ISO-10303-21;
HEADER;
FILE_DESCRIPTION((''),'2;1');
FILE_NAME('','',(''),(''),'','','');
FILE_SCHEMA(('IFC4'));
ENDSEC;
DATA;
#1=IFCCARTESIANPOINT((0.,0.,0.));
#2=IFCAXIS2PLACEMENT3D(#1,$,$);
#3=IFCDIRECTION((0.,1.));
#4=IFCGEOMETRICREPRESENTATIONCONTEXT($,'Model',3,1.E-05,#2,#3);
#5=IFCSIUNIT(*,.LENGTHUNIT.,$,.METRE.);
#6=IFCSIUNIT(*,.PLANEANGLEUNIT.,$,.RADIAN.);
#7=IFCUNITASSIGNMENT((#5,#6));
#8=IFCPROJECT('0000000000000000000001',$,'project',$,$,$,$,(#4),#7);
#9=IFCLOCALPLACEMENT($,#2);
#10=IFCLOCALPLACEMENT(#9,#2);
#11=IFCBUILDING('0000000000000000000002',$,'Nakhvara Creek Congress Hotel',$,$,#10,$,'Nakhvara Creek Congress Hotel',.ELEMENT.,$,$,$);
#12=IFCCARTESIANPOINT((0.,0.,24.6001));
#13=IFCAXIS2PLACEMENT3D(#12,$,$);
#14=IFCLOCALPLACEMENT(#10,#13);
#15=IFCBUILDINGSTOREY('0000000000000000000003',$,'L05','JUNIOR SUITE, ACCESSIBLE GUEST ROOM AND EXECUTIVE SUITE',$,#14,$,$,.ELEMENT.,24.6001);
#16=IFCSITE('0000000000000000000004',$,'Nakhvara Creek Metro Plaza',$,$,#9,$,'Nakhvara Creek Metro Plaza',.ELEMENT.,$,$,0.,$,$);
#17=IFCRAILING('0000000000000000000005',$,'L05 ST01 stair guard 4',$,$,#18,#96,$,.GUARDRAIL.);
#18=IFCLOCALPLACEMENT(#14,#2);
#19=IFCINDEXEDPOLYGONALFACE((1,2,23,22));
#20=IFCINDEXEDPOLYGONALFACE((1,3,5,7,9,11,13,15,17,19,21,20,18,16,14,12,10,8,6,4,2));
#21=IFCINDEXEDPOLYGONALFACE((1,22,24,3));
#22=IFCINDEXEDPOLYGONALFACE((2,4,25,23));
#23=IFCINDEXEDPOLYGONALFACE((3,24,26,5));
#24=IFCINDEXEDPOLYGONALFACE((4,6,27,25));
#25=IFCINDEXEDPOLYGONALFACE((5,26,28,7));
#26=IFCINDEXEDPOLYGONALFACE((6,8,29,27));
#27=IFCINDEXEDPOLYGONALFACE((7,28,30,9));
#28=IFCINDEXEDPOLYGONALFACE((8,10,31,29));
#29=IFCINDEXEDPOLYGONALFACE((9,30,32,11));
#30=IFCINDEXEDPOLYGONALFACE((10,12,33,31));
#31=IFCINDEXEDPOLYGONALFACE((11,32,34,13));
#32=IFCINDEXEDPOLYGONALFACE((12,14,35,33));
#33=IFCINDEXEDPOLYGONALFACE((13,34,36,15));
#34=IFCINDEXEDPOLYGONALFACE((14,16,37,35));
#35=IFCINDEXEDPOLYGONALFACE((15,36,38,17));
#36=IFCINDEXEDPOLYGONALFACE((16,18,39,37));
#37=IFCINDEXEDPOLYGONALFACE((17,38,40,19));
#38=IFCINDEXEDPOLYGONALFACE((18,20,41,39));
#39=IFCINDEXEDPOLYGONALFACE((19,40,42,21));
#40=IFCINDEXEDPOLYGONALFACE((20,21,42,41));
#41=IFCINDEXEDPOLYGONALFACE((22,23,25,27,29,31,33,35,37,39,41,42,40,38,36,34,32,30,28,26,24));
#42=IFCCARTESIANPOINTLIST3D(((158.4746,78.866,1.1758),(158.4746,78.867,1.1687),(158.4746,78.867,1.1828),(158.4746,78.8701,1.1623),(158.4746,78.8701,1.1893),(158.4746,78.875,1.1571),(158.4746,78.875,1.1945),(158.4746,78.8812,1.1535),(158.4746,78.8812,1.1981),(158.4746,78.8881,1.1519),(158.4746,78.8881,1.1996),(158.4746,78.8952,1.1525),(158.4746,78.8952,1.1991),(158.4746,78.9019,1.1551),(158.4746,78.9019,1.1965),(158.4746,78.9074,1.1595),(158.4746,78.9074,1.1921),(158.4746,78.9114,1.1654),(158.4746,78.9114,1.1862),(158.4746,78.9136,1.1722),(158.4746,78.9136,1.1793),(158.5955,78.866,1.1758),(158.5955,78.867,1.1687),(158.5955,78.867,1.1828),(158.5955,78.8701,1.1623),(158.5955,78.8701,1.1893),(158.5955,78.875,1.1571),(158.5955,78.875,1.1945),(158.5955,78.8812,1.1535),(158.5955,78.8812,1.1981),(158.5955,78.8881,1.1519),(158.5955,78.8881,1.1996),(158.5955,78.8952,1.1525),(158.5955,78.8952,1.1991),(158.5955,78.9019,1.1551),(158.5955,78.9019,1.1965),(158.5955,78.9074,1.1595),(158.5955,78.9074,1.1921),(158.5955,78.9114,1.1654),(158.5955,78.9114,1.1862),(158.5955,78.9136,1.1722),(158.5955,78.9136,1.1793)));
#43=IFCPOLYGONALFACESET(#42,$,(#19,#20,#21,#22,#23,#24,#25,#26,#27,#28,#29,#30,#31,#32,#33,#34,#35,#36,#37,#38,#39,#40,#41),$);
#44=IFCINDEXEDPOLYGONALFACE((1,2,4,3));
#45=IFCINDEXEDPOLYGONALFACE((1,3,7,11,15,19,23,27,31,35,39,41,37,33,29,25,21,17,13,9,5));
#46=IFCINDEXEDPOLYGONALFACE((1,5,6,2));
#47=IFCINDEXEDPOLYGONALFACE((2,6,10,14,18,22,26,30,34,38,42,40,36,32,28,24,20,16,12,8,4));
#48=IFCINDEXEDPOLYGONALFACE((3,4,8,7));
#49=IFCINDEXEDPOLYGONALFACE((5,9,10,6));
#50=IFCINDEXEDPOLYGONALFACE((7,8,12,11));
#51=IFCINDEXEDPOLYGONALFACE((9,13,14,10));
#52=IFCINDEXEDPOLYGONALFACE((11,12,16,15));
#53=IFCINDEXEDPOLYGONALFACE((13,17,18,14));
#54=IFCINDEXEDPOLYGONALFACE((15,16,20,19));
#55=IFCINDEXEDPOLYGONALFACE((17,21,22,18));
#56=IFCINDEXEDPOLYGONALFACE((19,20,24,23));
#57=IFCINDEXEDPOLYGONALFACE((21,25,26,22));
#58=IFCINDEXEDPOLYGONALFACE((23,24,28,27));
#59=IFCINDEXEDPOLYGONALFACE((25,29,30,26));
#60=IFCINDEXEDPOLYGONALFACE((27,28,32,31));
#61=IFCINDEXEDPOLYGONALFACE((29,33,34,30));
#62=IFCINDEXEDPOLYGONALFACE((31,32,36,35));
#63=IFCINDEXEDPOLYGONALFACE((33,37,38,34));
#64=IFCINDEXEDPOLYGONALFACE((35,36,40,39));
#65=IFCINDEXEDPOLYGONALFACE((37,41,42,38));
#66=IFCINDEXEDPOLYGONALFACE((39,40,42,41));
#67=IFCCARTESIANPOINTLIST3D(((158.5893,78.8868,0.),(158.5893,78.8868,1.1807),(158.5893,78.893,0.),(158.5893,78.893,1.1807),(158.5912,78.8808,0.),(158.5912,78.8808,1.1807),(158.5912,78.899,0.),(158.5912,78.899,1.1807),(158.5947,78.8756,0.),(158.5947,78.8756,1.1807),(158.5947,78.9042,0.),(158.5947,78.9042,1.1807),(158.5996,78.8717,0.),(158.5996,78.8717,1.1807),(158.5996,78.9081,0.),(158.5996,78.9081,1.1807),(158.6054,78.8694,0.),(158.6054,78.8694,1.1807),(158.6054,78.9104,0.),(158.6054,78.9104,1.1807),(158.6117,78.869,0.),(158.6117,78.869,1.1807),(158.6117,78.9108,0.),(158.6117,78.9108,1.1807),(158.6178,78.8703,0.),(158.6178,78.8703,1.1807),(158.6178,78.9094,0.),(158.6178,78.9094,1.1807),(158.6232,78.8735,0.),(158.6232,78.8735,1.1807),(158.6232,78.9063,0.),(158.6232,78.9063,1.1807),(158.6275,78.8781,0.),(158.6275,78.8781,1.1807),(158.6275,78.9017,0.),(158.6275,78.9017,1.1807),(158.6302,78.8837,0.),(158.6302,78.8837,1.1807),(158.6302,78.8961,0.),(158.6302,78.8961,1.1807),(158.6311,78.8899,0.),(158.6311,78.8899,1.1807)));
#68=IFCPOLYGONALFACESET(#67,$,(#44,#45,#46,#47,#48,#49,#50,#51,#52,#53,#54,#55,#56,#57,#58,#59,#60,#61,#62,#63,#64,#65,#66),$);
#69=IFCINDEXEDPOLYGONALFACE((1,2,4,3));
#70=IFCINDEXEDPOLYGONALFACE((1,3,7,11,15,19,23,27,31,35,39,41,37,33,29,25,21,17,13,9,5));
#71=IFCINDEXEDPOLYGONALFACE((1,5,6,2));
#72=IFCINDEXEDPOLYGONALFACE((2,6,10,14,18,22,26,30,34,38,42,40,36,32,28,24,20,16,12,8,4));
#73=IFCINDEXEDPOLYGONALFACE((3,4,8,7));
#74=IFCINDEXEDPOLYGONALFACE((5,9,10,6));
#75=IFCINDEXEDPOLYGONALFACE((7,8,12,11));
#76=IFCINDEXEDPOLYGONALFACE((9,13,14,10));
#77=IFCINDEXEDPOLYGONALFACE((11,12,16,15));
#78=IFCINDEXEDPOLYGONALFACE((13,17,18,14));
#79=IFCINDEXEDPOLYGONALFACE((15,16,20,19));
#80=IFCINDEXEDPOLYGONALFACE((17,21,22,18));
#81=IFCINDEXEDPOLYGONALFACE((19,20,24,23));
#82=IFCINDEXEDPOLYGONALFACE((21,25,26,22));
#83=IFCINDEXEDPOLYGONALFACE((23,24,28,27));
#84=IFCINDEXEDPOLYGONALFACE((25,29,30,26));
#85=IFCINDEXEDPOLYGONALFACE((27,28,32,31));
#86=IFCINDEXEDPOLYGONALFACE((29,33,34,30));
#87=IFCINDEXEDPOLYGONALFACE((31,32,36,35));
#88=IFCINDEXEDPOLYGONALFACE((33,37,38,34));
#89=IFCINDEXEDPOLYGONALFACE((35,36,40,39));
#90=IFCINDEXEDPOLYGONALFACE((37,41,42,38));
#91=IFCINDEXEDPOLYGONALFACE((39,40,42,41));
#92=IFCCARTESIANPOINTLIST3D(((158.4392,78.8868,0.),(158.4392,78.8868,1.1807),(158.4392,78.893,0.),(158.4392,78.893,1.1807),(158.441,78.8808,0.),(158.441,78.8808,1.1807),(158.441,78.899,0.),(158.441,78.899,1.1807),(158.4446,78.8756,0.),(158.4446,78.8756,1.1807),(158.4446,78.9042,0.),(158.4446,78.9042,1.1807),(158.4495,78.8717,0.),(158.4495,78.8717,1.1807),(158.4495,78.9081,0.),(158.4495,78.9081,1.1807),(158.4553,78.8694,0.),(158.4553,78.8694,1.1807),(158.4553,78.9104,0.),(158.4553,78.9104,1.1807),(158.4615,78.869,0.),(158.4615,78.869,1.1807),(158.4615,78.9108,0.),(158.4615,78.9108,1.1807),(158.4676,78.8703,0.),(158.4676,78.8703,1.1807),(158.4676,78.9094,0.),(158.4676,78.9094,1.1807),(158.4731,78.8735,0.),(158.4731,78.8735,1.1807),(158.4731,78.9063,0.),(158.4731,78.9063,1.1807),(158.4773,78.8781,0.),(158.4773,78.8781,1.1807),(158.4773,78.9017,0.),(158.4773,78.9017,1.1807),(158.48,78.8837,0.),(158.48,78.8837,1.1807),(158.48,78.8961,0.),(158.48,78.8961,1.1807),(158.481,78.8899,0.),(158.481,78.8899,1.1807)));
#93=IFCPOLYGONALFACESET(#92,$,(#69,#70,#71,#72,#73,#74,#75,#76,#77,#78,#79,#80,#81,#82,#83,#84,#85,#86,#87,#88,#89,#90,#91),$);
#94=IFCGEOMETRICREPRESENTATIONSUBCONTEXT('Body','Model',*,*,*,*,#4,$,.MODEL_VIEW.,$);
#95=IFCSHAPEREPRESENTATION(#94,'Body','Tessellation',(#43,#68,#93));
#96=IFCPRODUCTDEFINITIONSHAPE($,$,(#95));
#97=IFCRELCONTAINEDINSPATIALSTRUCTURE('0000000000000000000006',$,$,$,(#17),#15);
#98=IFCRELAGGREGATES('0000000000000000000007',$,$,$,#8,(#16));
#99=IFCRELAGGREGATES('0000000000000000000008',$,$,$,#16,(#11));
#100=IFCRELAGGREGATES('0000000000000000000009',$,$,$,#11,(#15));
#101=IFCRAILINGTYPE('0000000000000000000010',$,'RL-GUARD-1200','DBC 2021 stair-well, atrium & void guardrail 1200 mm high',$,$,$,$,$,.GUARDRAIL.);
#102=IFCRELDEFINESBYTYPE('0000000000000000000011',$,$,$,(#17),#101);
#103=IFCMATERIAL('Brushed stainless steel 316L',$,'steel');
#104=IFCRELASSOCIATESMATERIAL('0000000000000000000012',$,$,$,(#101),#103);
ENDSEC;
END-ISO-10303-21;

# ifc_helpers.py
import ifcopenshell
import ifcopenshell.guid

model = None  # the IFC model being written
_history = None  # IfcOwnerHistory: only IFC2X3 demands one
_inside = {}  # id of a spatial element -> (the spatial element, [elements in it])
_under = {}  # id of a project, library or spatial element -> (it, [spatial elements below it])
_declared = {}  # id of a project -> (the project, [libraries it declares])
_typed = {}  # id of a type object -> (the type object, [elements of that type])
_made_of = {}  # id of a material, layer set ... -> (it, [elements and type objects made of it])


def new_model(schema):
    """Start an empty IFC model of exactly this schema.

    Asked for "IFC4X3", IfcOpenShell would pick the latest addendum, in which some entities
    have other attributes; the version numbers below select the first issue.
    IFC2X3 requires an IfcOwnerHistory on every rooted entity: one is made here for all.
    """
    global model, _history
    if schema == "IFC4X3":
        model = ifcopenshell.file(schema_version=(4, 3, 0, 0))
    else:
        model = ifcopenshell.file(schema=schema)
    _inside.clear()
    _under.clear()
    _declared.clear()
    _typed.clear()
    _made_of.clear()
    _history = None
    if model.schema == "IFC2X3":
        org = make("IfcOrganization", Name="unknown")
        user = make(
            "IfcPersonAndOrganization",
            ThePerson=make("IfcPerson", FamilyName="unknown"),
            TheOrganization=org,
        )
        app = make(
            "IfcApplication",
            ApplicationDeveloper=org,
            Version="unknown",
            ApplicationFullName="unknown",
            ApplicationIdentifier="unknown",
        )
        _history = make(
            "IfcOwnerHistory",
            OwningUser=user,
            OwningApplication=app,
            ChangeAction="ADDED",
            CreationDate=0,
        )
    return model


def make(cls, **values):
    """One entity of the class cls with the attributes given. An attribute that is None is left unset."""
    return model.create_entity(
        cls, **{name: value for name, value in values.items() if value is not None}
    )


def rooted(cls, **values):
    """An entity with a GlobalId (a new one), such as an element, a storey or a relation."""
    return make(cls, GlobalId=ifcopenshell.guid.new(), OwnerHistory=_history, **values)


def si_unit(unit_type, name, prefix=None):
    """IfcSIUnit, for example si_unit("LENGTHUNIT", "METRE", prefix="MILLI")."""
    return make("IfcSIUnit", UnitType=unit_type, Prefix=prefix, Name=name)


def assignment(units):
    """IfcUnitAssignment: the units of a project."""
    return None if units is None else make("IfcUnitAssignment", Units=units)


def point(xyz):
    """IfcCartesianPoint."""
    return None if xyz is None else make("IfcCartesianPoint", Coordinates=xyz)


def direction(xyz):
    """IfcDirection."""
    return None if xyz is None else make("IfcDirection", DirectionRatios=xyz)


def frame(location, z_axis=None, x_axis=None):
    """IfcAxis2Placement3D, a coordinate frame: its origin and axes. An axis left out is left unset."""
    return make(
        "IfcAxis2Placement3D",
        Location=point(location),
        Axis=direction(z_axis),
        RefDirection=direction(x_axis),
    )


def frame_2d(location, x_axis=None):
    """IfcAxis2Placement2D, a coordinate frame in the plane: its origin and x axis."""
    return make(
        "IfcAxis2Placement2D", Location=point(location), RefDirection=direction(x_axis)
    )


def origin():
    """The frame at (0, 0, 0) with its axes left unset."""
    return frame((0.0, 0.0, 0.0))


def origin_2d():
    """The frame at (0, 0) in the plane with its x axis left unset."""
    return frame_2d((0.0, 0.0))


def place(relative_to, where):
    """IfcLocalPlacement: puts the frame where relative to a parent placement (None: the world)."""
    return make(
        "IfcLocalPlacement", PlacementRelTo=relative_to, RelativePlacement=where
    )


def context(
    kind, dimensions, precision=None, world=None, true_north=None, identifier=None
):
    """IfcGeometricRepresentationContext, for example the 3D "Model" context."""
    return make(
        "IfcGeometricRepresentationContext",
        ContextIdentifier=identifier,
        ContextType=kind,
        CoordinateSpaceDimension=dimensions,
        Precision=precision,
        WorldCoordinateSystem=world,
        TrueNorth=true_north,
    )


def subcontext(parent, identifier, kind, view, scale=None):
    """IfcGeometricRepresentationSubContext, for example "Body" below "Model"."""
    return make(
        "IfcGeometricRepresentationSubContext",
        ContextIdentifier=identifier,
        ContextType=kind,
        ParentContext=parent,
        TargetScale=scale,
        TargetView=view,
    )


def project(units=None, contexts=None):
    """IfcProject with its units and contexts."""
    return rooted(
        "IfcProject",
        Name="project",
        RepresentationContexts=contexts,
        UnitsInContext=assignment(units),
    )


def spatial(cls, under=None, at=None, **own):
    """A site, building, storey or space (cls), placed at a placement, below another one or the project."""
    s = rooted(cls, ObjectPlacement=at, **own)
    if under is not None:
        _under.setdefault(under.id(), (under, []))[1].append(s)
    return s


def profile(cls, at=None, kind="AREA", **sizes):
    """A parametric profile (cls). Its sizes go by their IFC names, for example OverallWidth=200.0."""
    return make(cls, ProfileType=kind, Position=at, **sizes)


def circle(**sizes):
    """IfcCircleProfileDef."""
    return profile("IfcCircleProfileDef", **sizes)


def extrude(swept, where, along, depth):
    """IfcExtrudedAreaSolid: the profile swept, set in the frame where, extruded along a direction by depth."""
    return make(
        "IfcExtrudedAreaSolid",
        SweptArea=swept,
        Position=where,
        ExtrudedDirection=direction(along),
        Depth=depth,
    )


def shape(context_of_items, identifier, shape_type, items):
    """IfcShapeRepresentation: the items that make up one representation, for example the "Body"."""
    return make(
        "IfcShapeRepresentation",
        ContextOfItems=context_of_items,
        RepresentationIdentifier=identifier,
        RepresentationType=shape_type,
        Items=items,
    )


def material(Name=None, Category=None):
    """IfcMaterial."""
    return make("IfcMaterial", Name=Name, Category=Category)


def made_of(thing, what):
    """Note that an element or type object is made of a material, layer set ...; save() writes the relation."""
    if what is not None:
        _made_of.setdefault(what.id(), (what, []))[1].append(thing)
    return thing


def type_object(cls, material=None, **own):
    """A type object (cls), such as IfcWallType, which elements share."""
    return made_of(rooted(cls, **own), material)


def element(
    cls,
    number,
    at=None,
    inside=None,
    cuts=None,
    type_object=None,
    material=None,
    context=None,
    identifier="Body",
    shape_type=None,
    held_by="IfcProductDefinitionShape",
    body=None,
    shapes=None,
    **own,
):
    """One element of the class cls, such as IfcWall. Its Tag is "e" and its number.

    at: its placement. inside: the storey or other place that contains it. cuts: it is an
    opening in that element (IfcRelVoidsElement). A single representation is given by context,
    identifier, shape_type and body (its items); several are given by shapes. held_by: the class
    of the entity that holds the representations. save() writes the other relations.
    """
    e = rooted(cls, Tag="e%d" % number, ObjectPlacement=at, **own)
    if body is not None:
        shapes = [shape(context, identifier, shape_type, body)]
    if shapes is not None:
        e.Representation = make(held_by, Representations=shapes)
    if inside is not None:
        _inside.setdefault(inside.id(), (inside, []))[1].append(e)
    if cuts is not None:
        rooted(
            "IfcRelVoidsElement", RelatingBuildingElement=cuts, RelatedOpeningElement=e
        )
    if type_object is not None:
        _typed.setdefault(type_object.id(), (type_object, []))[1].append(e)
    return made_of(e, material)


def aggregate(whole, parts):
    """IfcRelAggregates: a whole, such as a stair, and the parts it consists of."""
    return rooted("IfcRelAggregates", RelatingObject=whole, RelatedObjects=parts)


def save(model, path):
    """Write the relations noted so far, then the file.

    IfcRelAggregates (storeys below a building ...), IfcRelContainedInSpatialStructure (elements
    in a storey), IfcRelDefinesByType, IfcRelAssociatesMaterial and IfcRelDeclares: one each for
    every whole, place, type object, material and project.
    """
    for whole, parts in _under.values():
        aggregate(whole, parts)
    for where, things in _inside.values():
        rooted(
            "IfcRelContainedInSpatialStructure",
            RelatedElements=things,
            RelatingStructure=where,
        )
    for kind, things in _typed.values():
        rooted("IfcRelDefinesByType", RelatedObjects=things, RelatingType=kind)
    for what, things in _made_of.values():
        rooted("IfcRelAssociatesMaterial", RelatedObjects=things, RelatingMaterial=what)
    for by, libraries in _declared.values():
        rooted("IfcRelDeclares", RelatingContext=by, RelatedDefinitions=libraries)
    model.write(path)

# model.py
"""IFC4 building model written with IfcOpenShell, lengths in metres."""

from ifc_helpers import new_model, si_unit, direction, frame, origin, origin_2d, place, context, subcontext, project, spatial, circle, extrude, material, type_object, element, save


model = new_model("IFC4")

# Units and contexts
model_context = context("Model", 3, precision=1e-05, world=origin(), true_north=direction((0.0, 1.0)))
body_context = subcontext(model_context, "Body", "Model", "MODEL_VIEW")
ifc_project = project(units=[si_unit("LENGTHUNIT", "METRE"), si_unit("PLANEANGLEUNIT", "RADIAN")], contexts=[model_context])

# Site, building, storey
site_placement = place(None, origin())
site = spatial("IfcSite", under=ifc_project, at=site_placement, Name="Nakhvara Creek Metro Plaza", LongName="Nakhvara Creek Metro Plaza", CompositionType="ELEMENT", RefElevation=0.0)
building_placement = place(site_placement, origin())
building = spatial("IfcBuilding", under=site, at=building_placement, Name="Nakhvara Creek Congress Hotel", LongName="Nakhvara Creek Congress Hotel", CompositionType="ELEMENT")
storey_placement = place(building_placement, frame((0.0, 0.0, 24.6001)))
storey = spatial("IfcBuildingStorey", under=building, at=storey_placement, Name="L05", Description="JUNIOR SUITE, ACCESSIBLE GUEST ROOM AND EXECUTIVE SUITE", CompositionType="ELEMENT", Elevation=24.6001)

# Railing
ifc_material_1 = material(Name="Brushed stainless steel 316L", Category="steel")
railing_type_1 = type_object("IfcRailingType", Name="RL-GUARD-1200", Description="DBC 2021 stair-well, atrium & void guardrail 1200 mm high", PredefinedType="GUARDRAIL", material=ifc_material_1)
railing_1_placement = place(storey_placement, frame((158.6101, 78.8899, 0.0)))
element("IfcRailing", 1, at=railing_1_placement, inside=storey, type_object=railing_type_1, Name="L05 ST01 stair guard 4", PredefinedType="GUARDRAIL", context=body_context, shape_type="SweptSolid", body=[
    extrude(circle(Radius=0.0239, at=origin_2d()), frame((-0.0146, 0.0, 1.1758), z_axis=(-1.0, 0.0, 0.0), x_axis=(0.0, -1.0, 0.0)), (0.0, 0.0, 1.0), 0.1208),
    extrude(circle(Radius=0.021, at=origin_2d()), origin(), (0.0, 0.0, 1.0), 1.1807),
    extrude(circle(Radius=0.021, at=origin_2d()), frame((-0.1501, 0.0, 0.0)), (0.0, 0.0, 1.0), 1.1807),
])

save(model, "model.ifc")
